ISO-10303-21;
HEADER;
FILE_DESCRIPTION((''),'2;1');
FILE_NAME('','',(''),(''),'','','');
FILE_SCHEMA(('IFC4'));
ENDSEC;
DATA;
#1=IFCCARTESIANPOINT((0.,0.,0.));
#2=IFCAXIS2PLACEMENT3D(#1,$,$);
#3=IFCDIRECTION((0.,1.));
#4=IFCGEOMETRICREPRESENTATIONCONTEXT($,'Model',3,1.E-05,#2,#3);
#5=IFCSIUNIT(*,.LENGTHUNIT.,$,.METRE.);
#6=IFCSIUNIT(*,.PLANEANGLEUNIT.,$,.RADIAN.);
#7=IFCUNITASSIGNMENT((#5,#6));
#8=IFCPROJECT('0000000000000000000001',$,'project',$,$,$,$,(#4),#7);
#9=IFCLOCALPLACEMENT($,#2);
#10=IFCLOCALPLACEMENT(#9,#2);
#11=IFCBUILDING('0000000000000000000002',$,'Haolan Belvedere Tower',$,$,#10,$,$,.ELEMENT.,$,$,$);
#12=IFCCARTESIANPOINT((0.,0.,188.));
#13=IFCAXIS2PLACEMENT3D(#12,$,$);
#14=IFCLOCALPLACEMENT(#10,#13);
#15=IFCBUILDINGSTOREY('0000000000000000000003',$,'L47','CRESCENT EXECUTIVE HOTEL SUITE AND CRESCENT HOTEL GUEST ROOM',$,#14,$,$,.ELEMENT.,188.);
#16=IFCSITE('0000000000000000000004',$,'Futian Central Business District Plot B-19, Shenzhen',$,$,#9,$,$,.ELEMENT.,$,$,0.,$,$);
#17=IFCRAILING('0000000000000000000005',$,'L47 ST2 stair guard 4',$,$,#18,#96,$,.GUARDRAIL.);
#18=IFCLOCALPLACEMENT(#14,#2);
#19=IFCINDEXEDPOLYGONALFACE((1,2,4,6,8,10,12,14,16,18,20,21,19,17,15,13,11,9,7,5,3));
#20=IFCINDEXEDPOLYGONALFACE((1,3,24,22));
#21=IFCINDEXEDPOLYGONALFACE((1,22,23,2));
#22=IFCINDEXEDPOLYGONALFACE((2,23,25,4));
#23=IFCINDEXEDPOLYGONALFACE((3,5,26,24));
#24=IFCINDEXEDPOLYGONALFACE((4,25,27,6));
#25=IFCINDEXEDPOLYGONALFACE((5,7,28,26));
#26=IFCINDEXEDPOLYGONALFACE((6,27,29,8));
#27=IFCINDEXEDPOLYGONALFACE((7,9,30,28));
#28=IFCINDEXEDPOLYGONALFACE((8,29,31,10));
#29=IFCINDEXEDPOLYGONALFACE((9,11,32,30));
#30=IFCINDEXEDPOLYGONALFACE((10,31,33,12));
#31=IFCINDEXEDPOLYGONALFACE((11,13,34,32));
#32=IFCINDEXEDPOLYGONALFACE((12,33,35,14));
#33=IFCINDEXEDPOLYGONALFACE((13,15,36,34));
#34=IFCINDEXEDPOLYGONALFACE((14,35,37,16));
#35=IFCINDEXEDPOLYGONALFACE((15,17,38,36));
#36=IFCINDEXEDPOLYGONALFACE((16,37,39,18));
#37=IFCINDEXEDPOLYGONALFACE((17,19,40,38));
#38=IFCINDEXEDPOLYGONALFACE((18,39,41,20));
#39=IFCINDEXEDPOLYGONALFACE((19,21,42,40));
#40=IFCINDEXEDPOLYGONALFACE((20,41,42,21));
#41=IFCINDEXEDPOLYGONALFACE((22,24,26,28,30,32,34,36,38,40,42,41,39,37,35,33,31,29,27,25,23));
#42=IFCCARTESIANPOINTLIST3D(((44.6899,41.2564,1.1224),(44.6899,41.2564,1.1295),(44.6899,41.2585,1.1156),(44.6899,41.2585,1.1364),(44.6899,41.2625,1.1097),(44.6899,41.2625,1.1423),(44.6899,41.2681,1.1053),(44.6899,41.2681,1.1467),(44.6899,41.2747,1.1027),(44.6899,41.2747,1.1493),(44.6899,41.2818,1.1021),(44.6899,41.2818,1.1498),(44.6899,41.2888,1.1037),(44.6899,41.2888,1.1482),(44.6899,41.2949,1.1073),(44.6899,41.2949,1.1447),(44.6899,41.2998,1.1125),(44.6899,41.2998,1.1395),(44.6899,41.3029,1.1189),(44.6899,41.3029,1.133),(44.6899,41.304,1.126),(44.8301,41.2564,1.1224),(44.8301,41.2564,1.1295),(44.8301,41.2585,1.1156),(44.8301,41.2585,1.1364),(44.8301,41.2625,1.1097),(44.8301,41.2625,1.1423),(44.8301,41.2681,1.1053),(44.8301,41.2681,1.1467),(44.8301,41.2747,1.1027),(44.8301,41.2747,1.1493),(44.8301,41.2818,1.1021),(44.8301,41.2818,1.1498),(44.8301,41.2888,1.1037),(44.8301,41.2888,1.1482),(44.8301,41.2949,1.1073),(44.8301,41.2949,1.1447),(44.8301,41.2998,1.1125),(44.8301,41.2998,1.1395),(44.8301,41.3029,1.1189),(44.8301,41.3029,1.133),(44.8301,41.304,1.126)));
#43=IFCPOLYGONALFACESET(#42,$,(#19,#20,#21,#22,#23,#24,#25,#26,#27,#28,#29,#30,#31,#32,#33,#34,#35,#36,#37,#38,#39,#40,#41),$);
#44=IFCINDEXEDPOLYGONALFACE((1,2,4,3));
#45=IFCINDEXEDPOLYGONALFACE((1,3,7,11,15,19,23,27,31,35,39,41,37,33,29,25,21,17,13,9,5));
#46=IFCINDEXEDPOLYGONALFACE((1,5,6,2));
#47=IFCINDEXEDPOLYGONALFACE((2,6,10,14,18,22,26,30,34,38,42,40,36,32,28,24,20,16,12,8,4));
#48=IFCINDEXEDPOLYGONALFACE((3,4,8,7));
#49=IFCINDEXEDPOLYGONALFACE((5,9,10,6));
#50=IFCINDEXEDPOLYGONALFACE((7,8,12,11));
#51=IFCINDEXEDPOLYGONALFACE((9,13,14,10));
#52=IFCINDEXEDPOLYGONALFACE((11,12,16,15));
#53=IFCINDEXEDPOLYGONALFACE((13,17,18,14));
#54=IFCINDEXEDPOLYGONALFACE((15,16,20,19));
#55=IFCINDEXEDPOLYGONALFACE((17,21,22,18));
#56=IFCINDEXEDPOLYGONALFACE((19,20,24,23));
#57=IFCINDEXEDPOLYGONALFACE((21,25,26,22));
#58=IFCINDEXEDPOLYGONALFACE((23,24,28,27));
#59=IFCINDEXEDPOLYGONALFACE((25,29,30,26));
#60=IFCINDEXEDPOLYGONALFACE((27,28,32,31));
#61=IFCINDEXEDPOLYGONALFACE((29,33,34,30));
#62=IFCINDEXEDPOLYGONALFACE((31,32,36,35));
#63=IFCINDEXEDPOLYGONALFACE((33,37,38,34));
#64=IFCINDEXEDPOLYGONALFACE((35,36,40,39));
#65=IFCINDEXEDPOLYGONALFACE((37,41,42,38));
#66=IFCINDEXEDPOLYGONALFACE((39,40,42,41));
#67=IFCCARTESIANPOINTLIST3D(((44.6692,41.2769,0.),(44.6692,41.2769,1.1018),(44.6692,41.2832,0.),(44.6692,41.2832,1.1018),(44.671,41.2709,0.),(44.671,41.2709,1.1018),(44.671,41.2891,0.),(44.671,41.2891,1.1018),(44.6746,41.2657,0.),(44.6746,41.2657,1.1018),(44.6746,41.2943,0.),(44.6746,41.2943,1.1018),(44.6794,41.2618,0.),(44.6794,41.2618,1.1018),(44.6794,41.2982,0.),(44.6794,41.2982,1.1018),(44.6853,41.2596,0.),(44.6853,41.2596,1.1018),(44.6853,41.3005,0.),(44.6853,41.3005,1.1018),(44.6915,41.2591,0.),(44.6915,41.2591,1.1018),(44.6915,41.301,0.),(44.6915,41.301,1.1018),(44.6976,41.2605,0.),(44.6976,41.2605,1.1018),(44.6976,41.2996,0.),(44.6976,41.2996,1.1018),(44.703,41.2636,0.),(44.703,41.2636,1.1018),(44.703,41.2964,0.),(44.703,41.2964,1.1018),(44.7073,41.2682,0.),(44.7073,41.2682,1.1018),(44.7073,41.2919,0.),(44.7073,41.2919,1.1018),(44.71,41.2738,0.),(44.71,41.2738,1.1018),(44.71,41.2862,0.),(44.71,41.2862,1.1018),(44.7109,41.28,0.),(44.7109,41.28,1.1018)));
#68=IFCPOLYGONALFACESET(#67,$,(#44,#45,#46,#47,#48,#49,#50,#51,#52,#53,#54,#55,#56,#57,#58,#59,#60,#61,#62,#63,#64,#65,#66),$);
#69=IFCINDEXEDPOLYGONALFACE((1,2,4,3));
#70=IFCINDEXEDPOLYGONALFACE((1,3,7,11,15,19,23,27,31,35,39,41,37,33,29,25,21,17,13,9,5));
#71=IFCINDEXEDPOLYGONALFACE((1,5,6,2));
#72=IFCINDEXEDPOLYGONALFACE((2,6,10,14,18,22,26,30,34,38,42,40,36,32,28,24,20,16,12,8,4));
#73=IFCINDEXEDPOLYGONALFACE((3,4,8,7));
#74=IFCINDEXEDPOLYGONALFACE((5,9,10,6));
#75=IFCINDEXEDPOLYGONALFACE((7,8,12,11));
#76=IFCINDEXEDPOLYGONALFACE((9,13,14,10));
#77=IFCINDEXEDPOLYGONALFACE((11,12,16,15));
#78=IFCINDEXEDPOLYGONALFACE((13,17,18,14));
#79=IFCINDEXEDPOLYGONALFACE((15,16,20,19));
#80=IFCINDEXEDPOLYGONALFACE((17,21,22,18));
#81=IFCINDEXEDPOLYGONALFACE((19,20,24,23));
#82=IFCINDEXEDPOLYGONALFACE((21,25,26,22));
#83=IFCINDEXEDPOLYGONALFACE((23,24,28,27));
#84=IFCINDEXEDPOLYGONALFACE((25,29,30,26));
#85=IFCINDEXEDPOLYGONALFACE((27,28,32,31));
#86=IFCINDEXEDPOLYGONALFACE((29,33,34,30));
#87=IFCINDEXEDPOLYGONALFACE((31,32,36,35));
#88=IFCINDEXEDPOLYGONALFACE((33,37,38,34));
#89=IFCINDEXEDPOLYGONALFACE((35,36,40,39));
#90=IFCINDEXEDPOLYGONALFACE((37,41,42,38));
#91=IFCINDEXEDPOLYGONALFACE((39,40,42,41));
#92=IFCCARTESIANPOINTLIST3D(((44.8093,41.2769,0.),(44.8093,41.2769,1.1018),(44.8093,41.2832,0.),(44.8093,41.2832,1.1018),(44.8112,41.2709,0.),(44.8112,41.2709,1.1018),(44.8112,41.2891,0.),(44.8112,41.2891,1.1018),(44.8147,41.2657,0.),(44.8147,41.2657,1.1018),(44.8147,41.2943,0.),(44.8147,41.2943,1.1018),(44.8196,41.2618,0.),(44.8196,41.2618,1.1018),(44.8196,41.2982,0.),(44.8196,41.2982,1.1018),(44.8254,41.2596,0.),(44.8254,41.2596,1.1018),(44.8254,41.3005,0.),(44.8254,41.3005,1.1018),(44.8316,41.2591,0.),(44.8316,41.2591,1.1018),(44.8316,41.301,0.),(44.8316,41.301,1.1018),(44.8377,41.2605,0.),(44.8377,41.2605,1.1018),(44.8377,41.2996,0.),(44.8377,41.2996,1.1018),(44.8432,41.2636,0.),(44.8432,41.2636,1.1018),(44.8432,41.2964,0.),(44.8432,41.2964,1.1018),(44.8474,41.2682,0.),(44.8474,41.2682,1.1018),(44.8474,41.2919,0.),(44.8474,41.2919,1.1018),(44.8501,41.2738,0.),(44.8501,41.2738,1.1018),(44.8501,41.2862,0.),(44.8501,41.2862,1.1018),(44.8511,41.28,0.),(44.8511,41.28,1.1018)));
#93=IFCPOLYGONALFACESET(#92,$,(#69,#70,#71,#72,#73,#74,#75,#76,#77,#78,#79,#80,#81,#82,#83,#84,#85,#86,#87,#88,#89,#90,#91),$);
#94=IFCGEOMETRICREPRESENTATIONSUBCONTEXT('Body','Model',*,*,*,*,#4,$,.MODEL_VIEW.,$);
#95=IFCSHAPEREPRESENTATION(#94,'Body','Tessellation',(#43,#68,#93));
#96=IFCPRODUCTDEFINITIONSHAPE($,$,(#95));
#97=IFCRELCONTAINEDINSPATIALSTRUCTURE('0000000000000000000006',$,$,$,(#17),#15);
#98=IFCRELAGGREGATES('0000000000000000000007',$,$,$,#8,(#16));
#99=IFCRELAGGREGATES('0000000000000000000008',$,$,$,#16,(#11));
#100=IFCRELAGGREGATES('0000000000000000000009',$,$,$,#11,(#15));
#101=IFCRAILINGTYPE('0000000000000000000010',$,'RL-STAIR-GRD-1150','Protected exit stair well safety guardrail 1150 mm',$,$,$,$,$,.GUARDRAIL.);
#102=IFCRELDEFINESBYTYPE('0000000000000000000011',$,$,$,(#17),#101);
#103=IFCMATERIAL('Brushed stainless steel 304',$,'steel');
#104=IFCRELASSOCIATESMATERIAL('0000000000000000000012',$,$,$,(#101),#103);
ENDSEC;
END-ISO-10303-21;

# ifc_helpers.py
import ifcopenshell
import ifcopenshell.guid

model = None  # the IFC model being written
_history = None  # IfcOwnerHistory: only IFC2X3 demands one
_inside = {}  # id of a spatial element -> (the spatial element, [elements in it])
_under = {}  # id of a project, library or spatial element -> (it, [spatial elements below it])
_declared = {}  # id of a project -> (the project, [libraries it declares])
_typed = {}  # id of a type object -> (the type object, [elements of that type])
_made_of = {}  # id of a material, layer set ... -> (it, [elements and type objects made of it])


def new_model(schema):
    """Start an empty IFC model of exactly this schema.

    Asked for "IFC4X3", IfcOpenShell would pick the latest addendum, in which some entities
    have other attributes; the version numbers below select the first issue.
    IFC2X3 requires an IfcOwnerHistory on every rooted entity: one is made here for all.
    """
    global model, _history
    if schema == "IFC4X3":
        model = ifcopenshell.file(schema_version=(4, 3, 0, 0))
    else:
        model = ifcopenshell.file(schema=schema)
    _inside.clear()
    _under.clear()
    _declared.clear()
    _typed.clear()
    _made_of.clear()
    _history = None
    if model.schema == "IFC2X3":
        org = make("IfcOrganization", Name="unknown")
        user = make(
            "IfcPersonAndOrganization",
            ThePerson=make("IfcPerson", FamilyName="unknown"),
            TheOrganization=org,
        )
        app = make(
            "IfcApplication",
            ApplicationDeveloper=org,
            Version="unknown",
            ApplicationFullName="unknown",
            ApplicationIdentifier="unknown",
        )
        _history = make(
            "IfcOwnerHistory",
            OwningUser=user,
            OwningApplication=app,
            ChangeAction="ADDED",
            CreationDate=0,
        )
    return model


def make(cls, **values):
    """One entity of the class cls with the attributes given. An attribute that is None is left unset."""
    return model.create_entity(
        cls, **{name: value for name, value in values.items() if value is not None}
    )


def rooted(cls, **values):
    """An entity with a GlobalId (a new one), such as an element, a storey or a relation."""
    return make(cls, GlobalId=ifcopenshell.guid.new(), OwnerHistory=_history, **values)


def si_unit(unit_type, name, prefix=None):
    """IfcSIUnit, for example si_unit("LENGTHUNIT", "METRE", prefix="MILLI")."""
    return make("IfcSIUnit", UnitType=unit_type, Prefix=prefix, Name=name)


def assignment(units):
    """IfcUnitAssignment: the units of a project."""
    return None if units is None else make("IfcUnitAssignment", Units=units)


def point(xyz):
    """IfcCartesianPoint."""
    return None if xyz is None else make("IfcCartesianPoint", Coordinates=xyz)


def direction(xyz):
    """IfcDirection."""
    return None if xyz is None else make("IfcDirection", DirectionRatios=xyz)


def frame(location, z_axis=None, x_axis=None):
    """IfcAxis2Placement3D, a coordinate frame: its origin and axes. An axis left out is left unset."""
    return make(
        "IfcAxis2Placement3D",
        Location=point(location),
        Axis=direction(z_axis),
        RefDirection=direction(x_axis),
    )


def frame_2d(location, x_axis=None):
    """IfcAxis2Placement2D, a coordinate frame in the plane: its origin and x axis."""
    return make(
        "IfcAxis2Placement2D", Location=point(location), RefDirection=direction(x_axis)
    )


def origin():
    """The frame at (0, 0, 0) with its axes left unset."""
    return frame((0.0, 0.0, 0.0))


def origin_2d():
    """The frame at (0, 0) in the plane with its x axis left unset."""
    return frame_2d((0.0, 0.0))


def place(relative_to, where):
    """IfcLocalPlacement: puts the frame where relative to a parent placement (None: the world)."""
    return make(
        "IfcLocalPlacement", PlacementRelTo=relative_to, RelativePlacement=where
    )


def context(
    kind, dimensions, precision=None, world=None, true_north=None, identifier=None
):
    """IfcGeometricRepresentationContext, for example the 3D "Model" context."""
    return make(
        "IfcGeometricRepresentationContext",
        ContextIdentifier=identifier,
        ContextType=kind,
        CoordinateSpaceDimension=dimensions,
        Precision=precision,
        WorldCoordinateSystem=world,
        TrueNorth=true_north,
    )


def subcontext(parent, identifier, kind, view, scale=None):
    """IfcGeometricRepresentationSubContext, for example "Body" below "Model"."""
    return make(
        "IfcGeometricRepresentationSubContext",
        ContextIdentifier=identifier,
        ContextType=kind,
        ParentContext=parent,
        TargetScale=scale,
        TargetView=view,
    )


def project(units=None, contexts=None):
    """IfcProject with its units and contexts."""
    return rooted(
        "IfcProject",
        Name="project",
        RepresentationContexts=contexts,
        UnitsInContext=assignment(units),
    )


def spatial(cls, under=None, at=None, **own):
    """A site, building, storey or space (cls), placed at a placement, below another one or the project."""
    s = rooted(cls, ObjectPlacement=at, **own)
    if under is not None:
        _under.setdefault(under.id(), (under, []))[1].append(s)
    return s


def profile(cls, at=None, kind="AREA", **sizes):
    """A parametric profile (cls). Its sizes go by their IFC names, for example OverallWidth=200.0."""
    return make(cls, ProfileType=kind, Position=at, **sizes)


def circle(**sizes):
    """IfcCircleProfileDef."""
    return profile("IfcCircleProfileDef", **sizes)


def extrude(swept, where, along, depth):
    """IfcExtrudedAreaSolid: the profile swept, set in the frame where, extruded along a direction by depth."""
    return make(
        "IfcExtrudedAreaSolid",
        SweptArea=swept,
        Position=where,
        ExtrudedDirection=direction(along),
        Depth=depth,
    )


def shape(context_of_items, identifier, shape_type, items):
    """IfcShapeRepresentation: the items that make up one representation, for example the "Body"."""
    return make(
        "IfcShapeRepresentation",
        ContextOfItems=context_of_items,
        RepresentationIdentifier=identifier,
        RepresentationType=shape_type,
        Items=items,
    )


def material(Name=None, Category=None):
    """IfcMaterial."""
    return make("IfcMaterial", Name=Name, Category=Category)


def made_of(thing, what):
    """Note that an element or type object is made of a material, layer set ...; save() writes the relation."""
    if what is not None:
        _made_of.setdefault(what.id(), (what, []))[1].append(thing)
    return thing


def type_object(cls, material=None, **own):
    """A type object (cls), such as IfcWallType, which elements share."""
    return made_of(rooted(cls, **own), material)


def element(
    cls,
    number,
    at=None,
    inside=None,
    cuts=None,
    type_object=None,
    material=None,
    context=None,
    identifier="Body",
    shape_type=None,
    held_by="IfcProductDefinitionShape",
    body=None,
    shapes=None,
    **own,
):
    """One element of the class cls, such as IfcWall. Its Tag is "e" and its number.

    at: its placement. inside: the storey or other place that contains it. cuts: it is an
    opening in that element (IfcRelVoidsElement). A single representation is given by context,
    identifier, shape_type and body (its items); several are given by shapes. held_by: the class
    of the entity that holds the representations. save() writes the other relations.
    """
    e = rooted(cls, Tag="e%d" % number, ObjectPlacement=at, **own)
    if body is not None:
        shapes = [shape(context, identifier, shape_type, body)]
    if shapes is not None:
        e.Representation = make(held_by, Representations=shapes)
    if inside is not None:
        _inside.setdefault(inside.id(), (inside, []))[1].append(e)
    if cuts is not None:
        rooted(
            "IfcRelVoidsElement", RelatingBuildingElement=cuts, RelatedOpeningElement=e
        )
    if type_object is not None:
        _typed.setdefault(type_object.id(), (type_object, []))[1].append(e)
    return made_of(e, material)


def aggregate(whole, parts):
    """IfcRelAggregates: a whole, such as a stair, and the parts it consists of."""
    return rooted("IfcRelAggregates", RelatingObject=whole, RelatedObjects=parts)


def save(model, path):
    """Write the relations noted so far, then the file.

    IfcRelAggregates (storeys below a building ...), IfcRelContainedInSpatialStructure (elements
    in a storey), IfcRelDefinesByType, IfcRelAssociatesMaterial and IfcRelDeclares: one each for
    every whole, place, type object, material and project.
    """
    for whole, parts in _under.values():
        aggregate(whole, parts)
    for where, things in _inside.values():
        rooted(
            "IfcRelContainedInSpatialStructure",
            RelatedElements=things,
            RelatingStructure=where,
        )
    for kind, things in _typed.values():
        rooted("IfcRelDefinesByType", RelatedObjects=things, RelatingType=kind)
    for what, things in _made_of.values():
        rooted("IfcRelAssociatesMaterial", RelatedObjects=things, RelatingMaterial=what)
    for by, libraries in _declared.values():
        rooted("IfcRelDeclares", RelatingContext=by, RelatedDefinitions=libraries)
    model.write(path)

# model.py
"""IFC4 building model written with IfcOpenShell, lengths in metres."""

from ifc_helpers import new_model, si_unit, direction, frame, origin, origin_2d, place, context, subcontext, project, spatial, circle, extrude, material, type_object, element, save


model = new_model("IFC4")

# Units and contexts
model_context = context("Model", 3, precision=1e-05, world=origin(), true_north=direction((0.0, 1.0)))
body_context = subcontext(model_context, "Body", "Model", "MODEL_VIEW")
ifc_project = project(units=[si_unit("LENGTHUNIT", "METRE"), si_unit("PLANEANGLEUNIT", "RADIAN")], contexts=[model_context])

# Site, building, storey
site_placement = place(None, origin())
site = spatial("IfcSite", under=ifc_project, at=site_placement, Name="Futian Central Business District Plot B-19, Shenzhen", CompositionType="ELEMENT", RefElevation=0.0)
building_placement = place(site_placement, origin())
building = spatial("IfcBuilding", under=site, at=building_placement, Name="Haolan Belvedere Tower", CompositionType="ELEMENT")
storey_placement = place(building_placement, frame((0.0, 0.0, 188.0)))
storey = spatial("IfcBuildingStorey", under=building, at=storey_placement, Name="L47", Description="CRESCENT EXECUTIVE HOTEL SUITE AND CRESCENT HOTEL GUEST ROOM", CompositionType="ELEMENT", Elevation=188.0)

# Railing
ifc_material_1 = material(Name="Brushed stainless steel 304", Category="steel")
railing_type_1 = type_object("IfcRailingType", Name="RL-STAIR-GRD-1150", Description="Protected exit stair well safety guardrail 1150 mm", PredefinedType="GUARDRAIL", material=ifc_material_1)
railing_1_placement = place(storey_placement, frame((44.6899, 41.28, 0.0)))
element("IfcRailing", 1, at=railing_1_placement, inside=storey, type_object=railing_type_1, Name="L47 ST2 stair guard 4", PredefinedType="GUARDRAIL", context=body_context, shape_type="SweptSolid", body=[
    extrude(circle(Radius=0.0239, at=origin_2d()), frame((0.0, 0.0, 1.126), z_axis=(1.0, 0.0, 0.0), x_axis=(0.0, 1.0, 0.0)), (0.0, 0.0, 1.0), 0.1401),
    extrude(circle(Radius=0.021, at=origin_2d()), origin(), (0.0, 0.0, 1.0), 1.1018),
    extrude(circle(Radius=0.021, at=origin_2d()), frame((0.1401, 0.0, 0.0)), (0.0, 0.0, 1.0), 1.1018),
])

save(model, "model.ifc")
